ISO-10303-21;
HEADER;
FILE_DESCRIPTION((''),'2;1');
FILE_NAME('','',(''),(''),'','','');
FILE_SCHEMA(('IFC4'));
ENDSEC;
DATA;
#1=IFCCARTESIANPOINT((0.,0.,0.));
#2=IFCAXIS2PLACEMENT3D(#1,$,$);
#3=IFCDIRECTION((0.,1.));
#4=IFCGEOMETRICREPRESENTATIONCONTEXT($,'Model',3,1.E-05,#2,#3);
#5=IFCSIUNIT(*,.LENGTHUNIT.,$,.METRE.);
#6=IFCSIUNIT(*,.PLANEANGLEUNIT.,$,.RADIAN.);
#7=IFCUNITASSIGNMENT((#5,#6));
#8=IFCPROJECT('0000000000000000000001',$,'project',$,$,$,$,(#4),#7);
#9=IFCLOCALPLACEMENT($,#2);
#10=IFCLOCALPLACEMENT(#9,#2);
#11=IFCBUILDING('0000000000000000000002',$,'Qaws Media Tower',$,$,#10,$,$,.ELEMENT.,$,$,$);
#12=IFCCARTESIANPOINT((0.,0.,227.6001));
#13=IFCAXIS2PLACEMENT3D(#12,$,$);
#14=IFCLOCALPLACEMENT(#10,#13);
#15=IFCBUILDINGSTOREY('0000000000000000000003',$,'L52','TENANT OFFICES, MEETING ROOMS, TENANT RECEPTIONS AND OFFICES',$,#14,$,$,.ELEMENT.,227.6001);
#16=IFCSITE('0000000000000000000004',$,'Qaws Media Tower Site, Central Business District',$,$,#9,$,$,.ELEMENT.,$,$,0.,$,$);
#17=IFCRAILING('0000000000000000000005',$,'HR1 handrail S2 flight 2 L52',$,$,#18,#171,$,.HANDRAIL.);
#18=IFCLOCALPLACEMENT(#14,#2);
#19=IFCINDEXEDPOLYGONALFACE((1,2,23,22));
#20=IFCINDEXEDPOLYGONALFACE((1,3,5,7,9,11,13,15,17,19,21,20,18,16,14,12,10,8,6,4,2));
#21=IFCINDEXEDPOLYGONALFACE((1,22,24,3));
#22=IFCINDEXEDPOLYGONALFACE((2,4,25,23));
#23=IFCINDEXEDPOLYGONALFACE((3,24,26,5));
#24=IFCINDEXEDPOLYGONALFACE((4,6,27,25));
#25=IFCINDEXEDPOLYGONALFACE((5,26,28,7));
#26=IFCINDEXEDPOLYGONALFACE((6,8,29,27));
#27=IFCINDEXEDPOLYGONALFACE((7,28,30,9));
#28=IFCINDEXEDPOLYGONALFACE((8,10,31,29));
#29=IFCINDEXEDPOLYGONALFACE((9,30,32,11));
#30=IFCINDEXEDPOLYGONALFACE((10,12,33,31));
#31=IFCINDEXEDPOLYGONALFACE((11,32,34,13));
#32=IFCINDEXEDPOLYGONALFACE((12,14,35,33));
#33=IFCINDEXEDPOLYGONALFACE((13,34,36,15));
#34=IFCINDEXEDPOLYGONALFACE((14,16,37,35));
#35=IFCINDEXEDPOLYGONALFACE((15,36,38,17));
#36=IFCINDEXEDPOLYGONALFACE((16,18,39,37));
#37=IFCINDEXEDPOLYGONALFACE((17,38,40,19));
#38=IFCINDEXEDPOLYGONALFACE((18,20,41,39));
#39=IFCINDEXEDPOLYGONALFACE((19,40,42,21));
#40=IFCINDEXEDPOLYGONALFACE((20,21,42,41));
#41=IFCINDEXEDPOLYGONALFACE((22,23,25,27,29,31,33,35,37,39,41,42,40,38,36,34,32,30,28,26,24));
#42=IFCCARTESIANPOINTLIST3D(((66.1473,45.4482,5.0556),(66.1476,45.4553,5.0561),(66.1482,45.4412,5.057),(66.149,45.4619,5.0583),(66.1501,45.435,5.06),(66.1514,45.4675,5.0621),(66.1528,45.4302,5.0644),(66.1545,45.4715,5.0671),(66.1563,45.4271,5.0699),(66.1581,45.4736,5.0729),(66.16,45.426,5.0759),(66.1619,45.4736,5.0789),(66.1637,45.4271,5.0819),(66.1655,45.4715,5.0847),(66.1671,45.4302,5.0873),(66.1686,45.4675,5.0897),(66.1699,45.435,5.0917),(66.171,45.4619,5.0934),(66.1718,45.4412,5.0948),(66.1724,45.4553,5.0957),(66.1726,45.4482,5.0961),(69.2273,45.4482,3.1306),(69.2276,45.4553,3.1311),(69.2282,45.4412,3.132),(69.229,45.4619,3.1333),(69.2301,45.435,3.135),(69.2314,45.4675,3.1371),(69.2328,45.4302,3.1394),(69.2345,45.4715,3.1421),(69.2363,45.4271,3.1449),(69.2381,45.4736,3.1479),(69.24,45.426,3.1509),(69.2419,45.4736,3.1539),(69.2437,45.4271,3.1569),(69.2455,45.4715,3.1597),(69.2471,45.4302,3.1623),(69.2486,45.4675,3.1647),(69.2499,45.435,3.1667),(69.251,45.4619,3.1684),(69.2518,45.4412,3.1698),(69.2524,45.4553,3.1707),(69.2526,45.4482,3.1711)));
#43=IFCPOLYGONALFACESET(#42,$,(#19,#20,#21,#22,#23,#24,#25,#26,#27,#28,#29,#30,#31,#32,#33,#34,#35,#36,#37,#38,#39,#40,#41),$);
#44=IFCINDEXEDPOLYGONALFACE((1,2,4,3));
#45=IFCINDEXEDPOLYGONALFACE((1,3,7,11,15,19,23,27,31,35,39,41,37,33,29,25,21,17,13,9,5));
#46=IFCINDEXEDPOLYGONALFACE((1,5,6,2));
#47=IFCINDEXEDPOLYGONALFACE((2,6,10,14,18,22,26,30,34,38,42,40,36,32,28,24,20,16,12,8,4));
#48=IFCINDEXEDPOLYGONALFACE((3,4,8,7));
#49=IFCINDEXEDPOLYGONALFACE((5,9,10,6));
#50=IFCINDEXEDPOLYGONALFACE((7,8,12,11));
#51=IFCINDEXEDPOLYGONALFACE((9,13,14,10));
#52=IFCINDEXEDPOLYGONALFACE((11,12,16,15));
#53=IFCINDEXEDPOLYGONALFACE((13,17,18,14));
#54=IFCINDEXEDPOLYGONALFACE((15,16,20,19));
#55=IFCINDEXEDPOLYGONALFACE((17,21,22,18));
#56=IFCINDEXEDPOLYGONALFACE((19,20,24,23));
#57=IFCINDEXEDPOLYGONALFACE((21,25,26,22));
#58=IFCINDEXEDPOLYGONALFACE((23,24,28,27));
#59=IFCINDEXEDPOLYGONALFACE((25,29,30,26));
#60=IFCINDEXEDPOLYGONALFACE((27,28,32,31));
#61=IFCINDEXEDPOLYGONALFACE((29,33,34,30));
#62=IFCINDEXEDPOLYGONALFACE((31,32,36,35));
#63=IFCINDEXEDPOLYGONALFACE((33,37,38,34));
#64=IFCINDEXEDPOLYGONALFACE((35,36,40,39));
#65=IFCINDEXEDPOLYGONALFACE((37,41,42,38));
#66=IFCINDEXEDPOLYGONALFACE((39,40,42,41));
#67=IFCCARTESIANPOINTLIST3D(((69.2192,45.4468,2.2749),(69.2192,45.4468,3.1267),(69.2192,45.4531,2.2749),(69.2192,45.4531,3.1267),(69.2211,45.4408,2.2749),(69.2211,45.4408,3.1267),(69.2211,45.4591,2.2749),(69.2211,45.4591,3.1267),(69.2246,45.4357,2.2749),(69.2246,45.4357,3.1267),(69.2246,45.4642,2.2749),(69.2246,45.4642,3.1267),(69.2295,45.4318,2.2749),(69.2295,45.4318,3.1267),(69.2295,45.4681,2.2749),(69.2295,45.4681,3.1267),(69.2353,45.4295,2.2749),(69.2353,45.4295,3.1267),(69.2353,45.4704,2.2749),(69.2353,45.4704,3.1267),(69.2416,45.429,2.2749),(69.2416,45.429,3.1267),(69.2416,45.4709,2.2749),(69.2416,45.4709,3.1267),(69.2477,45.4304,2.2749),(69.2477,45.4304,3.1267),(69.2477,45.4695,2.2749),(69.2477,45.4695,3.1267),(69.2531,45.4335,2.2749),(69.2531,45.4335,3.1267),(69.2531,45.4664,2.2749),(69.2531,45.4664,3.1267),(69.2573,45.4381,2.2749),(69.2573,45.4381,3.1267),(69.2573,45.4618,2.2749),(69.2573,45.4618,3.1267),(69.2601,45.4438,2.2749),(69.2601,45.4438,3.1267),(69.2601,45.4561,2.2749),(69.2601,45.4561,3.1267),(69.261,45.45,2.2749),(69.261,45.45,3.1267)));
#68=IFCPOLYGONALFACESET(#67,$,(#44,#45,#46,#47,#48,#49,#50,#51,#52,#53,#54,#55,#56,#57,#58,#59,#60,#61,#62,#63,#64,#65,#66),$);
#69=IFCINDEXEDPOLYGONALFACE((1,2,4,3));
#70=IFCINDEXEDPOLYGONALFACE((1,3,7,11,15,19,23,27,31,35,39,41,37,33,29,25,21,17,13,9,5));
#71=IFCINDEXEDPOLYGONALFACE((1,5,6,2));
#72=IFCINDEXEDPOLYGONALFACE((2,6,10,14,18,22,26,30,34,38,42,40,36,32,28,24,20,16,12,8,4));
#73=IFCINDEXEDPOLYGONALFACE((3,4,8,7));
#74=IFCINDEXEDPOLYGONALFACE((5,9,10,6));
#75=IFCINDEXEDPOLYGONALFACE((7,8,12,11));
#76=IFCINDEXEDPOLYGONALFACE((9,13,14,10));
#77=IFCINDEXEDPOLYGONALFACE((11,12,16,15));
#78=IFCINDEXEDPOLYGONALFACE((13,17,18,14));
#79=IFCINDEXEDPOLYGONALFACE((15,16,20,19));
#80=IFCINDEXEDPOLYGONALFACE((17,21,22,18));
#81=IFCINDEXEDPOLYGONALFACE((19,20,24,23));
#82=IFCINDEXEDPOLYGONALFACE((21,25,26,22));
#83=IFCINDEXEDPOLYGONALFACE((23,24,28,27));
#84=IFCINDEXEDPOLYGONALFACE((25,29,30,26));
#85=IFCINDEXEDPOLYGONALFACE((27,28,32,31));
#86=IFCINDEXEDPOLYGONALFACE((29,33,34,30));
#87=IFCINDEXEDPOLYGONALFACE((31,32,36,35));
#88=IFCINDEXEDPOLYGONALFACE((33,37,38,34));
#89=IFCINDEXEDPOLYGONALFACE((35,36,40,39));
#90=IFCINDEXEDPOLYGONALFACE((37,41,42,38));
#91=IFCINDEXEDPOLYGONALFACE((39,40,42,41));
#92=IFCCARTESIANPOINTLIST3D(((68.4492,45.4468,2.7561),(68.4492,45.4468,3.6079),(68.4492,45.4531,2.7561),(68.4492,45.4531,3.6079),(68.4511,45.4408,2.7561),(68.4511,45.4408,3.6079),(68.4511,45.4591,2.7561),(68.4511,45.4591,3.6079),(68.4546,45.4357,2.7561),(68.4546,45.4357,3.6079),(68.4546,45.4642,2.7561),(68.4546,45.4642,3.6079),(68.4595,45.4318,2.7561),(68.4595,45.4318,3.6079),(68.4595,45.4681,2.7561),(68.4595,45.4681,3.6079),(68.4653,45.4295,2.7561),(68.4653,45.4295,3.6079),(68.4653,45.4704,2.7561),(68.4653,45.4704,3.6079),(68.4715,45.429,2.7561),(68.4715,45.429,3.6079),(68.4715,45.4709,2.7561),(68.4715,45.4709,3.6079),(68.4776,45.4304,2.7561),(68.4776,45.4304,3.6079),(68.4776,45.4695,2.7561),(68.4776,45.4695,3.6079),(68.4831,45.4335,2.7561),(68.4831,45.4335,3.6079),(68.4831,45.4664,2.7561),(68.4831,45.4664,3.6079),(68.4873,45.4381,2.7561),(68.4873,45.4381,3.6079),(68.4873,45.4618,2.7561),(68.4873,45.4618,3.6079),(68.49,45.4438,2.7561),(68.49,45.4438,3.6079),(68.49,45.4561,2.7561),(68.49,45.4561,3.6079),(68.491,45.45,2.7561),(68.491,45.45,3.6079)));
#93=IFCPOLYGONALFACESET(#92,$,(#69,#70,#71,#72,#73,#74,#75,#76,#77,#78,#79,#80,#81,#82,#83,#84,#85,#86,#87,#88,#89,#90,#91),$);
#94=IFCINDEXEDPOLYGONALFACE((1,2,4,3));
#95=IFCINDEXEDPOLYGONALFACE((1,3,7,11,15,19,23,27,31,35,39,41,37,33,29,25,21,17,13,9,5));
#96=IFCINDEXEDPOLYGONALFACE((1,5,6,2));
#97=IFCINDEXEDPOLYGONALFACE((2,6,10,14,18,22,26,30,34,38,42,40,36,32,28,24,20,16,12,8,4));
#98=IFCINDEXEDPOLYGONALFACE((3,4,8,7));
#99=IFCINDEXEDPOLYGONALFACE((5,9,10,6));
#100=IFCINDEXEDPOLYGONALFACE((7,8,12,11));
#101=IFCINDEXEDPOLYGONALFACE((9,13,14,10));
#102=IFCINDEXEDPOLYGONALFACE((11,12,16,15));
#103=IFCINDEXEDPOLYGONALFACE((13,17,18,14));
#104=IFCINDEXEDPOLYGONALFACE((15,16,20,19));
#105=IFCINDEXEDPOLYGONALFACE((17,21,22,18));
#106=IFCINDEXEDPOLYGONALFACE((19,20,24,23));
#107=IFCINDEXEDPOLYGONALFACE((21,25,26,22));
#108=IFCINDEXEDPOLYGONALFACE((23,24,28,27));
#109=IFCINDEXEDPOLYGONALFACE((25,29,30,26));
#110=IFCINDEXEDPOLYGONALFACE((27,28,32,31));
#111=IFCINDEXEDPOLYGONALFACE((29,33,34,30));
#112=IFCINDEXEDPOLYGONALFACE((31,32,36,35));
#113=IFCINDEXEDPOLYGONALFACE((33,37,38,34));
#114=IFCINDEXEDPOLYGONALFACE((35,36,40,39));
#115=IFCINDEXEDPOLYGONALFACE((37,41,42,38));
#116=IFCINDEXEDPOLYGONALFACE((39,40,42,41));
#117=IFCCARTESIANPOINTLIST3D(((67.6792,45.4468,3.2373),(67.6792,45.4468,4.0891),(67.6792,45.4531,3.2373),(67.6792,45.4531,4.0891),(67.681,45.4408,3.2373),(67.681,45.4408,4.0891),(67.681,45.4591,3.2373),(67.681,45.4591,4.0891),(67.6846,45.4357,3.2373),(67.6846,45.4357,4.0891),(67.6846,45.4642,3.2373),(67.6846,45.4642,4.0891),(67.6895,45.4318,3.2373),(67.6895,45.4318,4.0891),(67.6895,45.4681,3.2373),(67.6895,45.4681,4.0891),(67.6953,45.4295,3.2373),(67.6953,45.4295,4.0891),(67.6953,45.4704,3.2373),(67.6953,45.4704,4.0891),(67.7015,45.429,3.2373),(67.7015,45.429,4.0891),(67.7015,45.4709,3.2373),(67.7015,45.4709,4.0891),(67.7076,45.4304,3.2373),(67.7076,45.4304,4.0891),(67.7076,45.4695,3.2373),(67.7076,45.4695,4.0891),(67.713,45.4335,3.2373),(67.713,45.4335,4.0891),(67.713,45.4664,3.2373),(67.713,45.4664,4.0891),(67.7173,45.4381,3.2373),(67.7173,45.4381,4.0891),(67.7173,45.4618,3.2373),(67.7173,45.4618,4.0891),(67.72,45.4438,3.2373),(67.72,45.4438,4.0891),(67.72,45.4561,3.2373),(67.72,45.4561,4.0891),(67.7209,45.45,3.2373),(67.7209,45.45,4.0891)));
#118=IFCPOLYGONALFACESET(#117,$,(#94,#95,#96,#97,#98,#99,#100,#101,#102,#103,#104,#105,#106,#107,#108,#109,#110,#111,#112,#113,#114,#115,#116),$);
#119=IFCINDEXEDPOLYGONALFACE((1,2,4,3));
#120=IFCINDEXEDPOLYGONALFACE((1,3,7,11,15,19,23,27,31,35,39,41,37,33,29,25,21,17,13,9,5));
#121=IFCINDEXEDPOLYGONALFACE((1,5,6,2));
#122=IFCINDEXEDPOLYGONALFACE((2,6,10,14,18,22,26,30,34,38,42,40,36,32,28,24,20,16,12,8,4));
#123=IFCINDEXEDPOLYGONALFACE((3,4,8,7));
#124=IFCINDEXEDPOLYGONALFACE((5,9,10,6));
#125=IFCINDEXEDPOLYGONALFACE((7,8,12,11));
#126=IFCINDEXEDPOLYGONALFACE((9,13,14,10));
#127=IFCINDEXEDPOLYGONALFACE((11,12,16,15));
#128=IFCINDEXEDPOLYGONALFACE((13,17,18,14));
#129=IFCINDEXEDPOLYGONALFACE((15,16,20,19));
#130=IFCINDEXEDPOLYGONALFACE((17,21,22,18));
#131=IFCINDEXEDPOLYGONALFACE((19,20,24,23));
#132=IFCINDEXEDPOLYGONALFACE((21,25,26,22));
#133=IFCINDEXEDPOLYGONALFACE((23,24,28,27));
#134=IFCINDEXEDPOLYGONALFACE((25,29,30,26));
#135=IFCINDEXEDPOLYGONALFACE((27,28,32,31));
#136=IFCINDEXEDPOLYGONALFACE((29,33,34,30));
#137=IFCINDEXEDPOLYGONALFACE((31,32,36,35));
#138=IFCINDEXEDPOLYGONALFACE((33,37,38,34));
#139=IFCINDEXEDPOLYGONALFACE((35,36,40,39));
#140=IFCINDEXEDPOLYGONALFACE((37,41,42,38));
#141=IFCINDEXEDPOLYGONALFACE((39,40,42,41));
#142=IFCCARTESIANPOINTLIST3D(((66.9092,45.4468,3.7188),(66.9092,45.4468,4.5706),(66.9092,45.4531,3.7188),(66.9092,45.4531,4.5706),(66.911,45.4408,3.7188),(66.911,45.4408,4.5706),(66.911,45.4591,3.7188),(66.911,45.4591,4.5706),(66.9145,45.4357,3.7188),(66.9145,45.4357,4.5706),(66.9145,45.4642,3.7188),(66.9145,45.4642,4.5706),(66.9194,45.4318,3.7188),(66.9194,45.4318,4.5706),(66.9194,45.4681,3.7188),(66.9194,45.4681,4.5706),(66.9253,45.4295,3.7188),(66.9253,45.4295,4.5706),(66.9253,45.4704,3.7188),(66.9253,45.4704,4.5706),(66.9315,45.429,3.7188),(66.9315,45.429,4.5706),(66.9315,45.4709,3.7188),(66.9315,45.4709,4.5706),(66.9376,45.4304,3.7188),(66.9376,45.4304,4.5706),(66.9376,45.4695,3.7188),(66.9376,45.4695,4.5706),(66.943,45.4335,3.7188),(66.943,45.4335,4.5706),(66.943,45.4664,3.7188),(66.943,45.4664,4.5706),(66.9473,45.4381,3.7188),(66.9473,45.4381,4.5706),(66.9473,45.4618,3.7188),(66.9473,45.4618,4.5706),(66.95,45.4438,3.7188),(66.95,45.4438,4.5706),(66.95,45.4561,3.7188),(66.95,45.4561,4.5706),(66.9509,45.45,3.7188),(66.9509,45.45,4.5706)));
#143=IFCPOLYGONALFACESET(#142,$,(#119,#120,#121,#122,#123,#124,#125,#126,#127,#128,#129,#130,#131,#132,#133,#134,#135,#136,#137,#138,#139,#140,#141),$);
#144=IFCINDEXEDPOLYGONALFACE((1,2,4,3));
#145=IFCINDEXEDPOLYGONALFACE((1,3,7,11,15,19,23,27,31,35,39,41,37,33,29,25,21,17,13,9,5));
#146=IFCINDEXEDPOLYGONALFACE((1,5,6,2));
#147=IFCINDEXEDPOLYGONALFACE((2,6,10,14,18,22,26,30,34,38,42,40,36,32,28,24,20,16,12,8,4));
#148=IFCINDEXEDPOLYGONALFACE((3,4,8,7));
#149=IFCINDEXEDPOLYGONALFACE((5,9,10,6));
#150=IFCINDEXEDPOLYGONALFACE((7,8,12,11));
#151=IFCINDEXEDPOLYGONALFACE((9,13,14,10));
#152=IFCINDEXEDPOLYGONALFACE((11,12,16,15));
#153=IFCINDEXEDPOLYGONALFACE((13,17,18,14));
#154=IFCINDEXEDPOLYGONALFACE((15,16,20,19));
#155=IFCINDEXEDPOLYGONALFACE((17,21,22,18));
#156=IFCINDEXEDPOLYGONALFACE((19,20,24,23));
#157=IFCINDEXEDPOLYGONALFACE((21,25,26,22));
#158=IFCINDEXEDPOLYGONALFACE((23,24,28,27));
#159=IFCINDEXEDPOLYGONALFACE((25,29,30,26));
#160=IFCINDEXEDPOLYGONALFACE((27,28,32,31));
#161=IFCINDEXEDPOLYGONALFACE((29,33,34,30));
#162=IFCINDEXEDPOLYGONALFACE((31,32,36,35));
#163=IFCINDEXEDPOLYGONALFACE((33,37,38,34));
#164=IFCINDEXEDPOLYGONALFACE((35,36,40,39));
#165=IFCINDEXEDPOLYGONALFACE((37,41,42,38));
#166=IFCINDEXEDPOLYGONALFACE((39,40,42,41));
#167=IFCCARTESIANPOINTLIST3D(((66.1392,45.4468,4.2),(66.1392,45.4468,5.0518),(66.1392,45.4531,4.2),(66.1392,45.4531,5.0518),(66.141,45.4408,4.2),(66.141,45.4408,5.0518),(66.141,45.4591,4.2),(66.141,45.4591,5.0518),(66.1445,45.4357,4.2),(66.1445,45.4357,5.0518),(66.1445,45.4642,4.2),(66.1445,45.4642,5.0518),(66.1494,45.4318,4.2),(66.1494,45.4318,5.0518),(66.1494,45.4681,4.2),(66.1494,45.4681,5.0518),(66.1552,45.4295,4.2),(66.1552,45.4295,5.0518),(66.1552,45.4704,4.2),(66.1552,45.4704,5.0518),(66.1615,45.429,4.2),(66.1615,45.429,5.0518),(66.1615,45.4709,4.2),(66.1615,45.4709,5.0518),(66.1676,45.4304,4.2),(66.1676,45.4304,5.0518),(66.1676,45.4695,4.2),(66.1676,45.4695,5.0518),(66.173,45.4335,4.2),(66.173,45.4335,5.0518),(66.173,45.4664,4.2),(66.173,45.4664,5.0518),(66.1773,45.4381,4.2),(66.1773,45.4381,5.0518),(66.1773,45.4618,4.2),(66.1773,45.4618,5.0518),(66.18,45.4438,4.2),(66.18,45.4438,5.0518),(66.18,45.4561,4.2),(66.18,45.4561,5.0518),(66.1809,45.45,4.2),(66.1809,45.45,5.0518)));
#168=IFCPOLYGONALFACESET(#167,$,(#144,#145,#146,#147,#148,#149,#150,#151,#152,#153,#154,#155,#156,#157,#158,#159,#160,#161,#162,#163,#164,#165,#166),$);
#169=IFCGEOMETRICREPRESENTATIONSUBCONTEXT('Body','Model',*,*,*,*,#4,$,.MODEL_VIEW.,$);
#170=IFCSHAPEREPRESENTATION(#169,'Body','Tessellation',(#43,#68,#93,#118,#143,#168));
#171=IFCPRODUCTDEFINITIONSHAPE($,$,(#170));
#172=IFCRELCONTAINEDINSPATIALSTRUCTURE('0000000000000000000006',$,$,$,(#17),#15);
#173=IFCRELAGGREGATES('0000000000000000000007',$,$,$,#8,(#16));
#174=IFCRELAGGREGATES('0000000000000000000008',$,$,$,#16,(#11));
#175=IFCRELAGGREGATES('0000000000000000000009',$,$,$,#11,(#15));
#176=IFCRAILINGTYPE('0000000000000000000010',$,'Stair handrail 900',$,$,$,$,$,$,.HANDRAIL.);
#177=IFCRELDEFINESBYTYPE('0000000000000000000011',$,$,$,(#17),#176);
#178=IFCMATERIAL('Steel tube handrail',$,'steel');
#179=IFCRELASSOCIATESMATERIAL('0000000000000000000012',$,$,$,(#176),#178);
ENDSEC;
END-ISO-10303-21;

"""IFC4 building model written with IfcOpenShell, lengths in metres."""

from ifc_helpers import new_model, si_unit, direction, frame, origin, origin_2d, place, context, subcontext, project, spatial, circle, extrude, material, type_object, element, save


model = new_model("IFC4")

# Units and contexts
model_context = context("Model", 3, precision=1e-05, world=origin(), true_north=direction((0.0, 1.0)))
body_context = subcontext(model_context, "Body", "Model", "MODEL_VIEW")
ifc_project = project(units=[si_unit("LENGTHUNIT", "METRE"), si_unit("PLANEANGLEUNIT", "RADIAN")], contexts=[model_context])

# Site, building, storey
site_placement = place(None, origin())
site = spatial("IfcSite", under=ifc_project, at=site_placement, Name="Qaws Media Tower Site, Central Business District", CompositionType="ELEMENT", RefElevation=0.0)
building_placement = place(site_placement, origin())
building = spatial("IfcBuilding", under=site, at=building_placement, Name="Qaws Media Tower", CompositionType="ELEMENT")
storey_placement = place(building_placement, frame((0.0, 0.0, 227.6001)))
storey = spatial("IfcBuildingStorey", under=building, at=storey_placement, Name="L52", Description="TENANT OFFICES, MEETING ROOMS, TENANT RECEPTIONS AND OFFICES", CompositionType="ELEMENT", Elevation=227.6001)

# Railing
ifc_material_1 = material(Name="Steel tube handrail", Category="steel")
railing_type = type_object("IfcRailingType", Name="Stair handrail 900", PredefinedType="HANDRAIL", material=ifc_material_1)
for number, where, name in (
    (1, (69.24, 45.45, 2.2749), "HR1 handrail S2 flight 2 L52"),
):
    element("IfcRailing", number, at=place(storey_placement, frame(where)), inside=storey, type_object=railing_type, Name=name, PredefinedType="HANDRAIL", context=body_context, shape_type="SweptSolid", body=[
        extrude(circle(Radius=0.0239, at=origin_2d()), frame((0.0, 0.0, 0.876), z_axis=(-0.847998, 0.0, 0.529999), x_axis=(0.0, -1.0, 0.0)), (0.0, 0.0, 1.0), 3.6321),
        extrude(circle(Radius=0.021, at=origin_2d()), origin(), (0.0, 0.0, 1.0), 0.8518),
        extrude(circle(Radius=0.021, at=origin_2d()), frame((-0.77, 0.0, 0.4812)), (0.0, 0.0, 1.0), 0.8518),
        extrude(circle(Radius=0.021, at=origin_2d()), frame((-1.54, 0.0, 0.9624)), (0.0, 0.0, 1.0), 0.8518),
        extrude(circle(Radius=0.021, at=origin_2d()), frame((-2.3101, 0.0, 1.4438)), (0.0, 0.0, 1.0), 0.8518),
        extrude(circle(Radius=0.021, at=origin_2d()), frame((-3.0801, 0.0, 1.925)), (0.0, 0.0, 1.0), 0.8518),
    ])

save(model, "model.ifc")
